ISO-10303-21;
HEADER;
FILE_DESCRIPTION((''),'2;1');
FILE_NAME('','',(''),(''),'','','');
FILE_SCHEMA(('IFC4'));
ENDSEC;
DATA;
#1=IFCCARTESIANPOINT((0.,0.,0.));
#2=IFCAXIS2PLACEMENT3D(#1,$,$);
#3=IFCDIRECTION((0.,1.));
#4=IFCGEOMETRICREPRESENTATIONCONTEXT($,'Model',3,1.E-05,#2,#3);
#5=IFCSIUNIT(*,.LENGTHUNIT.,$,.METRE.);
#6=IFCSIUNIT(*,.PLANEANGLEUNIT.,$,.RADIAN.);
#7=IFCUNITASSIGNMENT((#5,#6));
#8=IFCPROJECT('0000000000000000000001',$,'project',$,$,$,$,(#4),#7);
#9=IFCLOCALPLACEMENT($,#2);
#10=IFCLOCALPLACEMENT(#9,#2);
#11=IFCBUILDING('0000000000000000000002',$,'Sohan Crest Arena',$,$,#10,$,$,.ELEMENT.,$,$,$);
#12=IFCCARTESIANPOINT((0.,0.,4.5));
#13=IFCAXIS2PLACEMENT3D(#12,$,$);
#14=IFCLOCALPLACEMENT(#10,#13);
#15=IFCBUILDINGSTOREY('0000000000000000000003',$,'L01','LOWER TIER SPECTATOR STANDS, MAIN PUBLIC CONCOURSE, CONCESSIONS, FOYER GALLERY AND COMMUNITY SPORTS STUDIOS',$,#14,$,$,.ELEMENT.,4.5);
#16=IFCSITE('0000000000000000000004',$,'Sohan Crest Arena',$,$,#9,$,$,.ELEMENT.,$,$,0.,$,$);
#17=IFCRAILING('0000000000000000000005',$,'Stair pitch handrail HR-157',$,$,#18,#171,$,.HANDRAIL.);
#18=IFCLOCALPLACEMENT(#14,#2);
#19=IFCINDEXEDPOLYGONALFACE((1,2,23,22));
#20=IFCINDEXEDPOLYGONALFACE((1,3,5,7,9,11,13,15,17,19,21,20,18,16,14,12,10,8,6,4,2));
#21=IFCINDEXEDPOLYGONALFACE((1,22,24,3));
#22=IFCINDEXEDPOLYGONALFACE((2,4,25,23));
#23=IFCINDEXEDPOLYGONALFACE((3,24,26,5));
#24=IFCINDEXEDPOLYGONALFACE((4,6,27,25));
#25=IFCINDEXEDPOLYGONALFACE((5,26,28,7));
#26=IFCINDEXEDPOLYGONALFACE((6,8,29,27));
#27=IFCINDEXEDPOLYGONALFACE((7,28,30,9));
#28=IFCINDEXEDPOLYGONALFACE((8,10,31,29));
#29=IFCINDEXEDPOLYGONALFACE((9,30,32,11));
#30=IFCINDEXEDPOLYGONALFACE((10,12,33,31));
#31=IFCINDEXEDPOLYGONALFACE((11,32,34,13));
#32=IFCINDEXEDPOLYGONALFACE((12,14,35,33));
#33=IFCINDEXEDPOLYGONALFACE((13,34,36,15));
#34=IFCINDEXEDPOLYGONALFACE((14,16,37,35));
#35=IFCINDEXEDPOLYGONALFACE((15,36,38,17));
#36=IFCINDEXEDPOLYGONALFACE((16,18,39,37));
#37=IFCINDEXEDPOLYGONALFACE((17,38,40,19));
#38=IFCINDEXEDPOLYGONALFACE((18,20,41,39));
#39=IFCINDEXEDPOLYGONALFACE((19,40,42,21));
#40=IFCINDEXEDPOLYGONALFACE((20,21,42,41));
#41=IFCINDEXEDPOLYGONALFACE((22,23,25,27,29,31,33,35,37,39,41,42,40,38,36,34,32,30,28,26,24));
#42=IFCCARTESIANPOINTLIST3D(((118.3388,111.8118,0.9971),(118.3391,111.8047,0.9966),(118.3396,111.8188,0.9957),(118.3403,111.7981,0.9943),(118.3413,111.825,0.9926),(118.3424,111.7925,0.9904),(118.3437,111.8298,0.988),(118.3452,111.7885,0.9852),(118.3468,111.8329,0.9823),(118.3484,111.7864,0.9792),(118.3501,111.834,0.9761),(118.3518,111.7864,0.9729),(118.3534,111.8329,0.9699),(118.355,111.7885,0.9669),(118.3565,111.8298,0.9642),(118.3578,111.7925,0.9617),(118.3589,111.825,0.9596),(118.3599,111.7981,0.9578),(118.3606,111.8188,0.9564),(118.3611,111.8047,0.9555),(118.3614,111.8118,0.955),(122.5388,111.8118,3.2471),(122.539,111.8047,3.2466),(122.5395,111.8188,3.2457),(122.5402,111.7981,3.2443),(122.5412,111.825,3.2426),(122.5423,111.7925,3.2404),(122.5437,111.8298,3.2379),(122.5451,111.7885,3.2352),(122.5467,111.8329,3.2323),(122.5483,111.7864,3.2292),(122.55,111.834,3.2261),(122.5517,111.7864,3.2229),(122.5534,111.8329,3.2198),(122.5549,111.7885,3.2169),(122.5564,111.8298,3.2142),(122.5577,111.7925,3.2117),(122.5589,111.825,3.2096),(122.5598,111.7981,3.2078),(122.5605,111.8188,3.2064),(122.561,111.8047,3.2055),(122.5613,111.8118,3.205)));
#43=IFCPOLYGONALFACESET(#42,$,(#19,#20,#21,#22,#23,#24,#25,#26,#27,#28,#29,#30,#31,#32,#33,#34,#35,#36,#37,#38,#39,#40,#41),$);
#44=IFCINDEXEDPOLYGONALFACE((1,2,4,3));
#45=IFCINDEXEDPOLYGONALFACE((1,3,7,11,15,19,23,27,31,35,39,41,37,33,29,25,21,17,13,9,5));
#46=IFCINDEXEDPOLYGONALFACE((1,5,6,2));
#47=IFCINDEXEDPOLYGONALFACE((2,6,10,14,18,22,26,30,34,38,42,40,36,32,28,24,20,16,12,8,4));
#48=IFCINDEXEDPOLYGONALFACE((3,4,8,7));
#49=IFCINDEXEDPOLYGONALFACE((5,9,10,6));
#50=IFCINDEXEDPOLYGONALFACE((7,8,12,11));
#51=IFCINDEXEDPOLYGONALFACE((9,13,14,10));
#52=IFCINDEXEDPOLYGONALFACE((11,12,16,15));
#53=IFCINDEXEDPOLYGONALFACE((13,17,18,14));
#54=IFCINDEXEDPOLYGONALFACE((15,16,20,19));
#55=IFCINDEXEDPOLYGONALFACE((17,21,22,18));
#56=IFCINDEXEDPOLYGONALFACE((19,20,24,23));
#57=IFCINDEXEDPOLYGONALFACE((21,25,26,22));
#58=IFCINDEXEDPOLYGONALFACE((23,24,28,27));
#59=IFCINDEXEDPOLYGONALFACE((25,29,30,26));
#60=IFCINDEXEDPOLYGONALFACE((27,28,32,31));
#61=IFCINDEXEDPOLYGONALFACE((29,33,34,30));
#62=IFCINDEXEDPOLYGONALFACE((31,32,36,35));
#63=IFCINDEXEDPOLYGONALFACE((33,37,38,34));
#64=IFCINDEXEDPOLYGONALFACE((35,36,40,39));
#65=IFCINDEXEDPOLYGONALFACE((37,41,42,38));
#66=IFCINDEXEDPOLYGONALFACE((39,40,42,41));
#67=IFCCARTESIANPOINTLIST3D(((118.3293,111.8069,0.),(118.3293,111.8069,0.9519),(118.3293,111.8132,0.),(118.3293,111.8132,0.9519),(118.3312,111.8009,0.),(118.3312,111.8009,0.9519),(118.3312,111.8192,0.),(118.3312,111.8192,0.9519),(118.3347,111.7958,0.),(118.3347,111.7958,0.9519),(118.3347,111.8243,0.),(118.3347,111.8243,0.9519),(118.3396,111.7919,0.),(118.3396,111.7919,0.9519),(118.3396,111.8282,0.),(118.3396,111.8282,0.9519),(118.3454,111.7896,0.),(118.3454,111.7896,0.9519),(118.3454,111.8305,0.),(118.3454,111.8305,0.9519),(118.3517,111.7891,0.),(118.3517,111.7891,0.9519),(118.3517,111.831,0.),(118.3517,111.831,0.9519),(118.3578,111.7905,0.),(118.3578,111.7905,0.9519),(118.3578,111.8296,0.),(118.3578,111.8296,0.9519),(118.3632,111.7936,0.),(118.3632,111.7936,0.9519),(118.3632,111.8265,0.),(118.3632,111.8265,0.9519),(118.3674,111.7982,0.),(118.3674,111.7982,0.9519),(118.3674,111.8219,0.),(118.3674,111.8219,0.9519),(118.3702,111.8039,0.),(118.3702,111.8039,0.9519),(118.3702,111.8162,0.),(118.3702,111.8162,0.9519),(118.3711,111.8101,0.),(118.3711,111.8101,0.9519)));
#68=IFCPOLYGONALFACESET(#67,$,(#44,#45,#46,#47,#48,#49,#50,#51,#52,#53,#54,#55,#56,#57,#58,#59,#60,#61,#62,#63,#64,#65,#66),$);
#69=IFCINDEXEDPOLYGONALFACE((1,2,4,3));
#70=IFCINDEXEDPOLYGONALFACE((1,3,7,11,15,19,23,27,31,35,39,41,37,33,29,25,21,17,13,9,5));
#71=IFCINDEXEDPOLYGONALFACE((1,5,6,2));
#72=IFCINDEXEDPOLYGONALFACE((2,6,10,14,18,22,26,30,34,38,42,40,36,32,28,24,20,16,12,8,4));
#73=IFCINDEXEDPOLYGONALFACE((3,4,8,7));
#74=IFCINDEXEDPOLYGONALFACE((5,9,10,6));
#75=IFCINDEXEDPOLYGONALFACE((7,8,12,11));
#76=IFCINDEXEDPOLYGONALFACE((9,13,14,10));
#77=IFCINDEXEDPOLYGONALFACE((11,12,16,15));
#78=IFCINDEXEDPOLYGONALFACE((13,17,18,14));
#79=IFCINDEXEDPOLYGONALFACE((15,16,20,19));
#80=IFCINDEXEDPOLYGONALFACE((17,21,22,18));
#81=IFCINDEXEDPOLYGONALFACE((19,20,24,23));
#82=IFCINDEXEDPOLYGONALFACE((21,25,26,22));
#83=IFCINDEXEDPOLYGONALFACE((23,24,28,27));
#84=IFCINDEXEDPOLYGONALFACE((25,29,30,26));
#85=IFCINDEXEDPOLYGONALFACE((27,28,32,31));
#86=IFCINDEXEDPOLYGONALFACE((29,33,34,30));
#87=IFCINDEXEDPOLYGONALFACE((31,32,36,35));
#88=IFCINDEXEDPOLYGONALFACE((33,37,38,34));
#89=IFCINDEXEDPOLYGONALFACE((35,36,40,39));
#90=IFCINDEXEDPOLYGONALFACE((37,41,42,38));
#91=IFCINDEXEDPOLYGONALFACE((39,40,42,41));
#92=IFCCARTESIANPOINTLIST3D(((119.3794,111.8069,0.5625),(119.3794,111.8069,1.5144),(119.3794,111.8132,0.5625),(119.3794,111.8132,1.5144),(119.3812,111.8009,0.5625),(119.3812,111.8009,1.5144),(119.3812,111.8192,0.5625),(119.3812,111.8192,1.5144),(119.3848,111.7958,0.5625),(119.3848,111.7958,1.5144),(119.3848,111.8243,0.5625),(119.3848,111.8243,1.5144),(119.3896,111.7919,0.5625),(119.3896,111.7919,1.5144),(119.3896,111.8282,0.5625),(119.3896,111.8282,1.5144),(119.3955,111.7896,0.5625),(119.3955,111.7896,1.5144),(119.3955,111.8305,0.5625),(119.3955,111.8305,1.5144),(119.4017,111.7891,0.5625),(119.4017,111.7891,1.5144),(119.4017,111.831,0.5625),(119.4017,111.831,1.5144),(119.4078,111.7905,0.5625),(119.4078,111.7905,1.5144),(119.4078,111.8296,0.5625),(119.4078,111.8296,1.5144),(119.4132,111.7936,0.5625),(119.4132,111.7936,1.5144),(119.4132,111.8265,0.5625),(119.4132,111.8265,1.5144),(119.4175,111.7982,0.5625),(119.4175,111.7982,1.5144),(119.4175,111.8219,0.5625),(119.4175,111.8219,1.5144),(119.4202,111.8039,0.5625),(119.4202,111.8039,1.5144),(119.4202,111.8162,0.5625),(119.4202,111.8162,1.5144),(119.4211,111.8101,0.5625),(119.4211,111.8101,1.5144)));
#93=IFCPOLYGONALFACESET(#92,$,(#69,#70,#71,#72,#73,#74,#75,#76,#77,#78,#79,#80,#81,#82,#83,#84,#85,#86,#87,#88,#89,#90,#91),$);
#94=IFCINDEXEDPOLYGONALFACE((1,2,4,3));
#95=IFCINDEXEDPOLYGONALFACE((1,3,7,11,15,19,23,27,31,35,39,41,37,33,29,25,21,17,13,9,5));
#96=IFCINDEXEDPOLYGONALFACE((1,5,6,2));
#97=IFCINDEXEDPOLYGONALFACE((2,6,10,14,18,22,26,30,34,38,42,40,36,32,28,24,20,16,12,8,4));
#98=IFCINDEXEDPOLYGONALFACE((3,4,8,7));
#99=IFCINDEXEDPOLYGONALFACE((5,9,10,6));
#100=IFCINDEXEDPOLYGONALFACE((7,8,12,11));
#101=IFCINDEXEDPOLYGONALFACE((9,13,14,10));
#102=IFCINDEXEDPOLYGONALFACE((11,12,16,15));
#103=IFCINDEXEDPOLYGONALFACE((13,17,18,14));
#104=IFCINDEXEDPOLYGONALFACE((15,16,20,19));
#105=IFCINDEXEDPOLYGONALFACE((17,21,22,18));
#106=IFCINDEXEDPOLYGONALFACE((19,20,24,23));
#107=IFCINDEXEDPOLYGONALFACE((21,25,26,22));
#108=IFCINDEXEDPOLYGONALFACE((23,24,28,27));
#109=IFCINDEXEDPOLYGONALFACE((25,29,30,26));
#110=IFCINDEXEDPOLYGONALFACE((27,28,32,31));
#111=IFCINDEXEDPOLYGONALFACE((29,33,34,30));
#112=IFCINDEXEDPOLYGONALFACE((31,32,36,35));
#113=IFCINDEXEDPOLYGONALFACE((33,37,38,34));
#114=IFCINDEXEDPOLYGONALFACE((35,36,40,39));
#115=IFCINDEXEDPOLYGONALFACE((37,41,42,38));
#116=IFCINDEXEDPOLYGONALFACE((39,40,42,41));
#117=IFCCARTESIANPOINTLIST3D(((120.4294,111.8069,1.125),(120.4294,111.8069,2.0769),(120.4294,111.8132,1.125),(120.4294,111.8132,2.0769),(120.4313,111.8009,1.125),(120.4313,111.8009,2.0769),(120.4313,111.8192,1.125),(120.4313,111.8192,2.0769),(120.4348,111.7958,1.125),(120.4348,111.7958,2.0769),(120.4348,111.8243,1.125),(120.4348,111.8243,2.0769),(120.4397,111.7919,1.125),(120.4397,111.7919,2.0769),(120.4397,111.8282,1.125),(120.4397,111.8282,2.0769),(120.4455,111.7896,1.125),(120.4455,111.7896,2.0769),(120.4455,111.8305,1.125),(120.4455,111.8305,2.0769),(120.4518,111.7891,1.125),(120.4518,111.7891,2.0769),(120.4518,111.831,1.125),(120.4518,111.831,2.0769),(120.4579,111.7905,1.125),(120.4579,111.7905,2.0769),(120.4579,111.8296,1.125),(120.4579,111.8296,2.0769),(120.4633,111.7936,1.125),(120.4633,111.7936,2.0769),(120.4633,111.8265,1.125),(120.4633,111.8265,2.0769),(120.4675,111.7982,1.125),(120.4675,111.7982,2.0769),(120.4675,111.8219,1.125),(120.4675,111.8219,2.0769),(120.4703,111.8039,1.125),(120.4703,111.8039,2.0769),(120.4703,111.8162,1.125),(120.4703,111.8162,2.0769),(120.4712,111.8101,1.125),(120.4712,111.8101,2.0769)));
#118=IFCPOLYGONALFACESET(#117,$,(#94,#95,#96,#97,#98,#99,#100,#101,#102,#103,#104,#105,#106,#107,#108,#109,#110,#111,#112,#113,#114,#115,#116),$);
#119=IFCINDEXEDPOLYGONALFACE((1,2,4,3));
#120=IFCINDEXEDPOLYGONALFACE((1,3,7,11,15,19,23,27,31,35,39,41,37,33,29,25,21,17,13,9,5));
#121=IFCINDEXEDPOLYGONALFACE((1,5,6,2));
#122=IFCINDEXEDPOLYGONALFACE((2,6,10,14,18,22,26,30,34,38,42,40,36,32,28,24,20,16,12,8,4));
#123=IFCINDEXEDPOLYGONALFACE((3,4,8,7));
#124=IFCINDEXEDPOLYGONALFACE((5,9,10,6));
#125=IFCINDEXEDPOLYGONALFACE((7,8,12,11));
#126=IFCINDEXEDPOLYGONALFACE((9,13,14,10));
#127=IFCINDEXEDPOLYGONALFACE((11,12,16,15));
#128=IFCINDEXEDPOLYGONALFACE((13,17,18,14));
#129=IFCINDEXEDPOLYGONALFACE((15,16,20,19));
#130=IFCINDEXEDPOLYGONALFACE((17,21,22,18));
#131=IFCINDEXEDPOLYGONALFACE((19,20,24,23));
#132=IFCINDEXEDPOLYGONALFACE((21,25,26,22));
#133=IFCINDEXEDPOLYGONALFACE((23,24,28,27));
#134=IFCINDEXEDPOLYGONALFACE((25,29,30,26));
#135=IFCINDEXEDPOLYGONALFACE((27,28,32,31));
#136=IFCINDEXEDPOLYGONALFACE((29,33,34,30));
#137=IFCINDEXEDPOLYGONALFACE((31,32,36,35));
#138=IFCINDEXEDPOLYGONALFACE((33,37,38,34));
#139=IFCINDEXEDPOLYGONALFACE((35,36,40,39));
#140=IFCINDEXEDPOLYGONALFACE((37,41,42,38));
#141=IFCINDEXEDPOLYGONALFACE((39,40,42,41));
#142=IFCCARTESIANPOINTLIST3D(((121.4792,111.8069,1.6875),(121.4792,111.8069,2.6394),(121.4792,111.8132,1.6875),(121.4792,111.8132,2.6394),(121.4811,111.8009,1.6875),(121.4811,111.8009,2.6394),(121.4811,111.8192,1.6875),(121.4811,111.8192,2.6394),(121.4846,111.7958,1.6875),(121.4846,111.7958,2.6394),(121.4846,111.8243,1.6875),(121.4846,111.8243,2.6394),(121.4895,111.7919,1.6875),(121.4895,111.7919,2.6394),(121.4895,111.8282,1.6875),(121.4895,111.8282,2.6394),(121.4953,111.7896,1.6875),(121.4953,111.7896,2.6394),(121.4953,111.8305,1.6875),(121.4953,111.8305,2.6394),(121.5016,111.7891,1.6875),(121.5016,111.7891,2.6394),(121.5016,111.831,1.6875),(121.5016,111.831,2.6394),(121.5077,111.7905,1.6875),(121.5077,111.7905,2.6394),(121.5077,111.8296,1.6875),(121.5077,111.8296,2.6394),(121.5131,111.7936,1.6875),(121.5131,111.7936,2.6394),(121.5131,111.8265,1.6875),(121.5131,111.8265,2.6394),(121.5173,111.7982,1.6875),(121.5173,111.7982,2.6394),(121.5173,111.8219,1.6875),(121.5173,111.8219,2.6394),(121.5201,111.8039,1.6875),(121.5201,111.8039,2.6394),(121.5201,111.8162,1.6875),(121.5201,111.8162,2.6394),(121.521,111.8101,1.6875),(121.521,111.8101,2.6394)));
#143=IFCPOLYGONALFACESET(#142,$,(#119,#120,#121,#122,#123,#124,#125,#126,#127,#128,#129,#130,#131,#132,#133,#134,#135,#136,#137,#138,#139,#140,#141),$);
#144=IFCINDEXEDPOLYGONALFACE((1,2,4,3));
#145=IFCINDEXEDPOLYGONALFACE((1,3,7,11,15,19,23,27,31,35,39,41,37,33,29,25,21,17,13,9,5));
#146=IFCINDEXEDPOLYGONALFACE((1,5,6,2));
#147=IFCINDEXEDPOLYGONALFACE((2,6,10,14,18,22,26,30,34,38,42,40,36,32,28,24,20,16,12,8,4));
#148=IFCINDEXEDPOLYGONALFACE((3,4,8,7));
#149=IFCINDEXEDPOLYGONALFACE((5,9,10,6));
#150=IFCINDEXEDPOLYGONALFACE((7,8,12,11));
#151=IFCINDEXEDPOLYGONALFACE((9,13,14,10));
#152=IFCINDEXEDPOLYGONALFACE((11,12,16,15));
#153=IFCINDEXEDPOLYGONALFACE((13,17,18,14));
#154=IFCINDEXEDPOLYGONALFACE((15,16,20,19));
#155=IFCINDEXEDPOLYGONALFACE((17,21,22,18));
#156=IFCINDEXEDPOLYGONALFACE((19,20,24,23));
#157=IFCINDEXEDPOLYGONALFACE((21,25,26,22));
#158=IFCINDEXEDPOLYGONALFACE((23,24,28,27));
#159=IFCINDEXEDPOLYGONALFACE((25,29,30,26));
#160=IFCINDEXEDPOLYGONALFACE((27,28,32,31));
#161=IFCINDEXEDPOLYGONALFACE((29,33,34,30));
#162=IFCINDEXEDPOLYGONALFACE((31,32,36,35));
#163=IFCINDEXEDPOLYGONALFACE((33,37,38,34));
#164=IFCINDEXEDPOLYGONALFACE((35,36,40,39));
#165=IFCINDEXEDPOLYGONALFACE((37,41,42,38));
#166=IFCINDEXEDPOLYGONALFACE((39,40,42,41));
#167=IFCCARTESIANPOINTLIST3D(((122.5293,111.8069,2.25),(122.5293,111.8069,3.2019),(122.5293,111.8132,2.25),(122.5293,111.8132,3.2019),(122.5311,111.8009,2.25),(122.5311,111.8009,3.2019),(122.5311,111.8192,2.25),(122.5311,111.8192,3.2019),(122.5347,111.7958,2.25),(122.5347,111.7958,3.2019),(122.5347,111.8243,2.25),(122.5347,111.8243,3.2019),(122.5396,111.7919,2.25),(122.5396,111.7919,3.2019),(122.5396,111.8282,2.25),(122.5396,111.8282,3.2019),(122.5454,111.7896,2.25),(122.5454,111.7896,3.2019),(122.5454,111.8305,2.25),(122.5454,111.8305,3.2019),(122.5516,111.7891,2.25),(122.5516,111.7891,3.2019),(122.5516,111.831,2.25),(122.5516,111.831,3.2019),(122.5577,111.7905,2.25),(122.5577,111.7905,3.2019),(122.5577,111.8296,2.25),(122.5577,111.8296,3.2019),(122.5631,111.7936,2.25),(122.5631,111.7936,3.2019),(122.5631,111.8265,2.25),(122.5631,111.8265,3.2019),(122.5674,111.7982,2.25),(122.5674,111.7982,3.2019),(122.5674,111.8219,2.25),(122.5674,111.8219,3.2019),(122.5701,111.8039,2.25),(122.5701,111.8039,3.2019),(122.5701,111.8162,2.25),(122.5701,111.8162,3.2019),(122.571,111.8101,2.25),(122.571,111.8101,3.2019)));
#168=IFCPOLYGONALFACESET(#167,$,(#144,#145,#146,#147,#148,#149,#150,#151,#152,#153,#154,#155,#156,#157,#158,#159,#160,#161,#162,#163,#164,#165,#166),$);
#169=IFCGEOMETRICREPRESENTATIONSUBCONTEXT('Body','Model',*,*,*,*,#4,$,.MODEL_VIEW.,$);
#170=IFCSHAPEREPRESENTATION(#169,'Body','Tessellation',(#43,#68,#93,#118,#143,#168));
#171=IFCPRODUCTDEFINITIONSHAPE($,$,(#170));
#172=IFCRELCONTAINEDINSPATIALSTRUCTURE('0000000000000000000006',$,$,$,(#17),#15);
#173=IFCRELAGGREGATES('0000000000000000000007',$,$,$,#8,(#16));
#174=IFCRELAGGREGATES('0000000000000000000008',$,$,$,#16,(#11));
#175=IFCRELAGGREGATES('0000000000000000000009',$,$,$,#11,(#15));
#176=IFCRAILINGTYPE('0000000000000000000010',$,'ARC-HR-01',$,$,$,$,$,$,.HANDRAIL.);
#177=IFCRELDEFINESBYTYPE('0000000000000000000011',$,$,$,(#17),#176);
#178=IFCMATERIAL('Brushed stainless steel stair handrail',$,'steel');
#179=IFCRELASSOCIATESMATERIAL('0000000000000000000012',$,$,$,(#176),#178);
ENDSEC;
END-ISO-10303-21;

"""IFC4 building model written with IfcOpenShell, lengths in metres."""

from ifc_helpers import new_model, si_unit, direction, frame, origin, origin_2d, place, context, subcontext, project, spatial, circle, extrude, material, type_object, element, save


model = new_model("IFC4")

# Units and contexts
model_context = context("Model", 3, precision=1e-05, world=origin(), true_north=direction((0.0, 1.0)))
body_context = subcontext(model_context, "Body", "Model", "MODEL_VIEW")
ifc_project = project(units=[si_unit("LENGTHUNIT", "METRE"), si_unit("PLANEANGLEUNIT", "RADIAN")], contexts=[model_context])

# Site, building, storey
site_placement = place(None, origin())
site = spatial("IfcSite", under=ifc_project, at=site_placement, Name="Sohan Crest Arena", CompositionType="ELEMENT", RefElevation=0.0)
building_placement = place(site_placement, origin())
building = spatial("IfcBuilding", under=site, at=building_placement, Name="Sohan Crest Arena", CompositionType="ELEMENT")
storey_placement = place(building_placement, frame((0.0, 0.0, 4.5)))
storey = spatial("IfcBuildingStorey", under=building, at=storey_placement, Name="L01", Description="LOWER TIER SPECTATOR STANDS, MAIN PUBLIC CONCOURSE, CONCESSIONS, FOYER GALLERY AND COMMUNITY SPORTS STUDIOS", CompositionType="ELEMENT", Elevation=4.5)

# Railing
ifc_material_1 = material(Name="Brushed stainless steel stair handrail", Category="steel")
railing_type_1 = type_object("IfcRailingType", Name="ARC-HR-01", PredefinedType="HANDRAIL", material=ifc_material_1)
for number, where, name in (
    (1, (118.3501, 111.8101, 0.0), "Stair pitch handrail HR-157"),
):
    element("IfcRailing", number, at=place(storey_placement, frame(where)), inside=storey, type_object=railing_type_1, Name=name, PredefinedType="HANDRAIL", context=body_context, shape_type="SweptSolid", body=[
        extrude(circle(Radius=0.0239, at=origin_2d()), frame((0.0, 0.0, 0.9761), z_axis=(0.881478, 0.0, 0.472226), x_axis=(0.0, 1.0, 0.0)), (0.0, 0.0, 1.0), 4.7646),
        extrude(circle(Radius=0.021, at=origin_2d()), origin(), (0.0, 0.0, 1.0), 0.9519),
        extrude(circle(Radius=0.021, at=origin_2d()), frame((1.05, 0.0, 0.5625)), (0.0, 0.0, 1.0), 0.9519),
        extrude(circle(Radius=0.021, at=origin_2d()), frame((2.1001, 0.0, 1.125)), (0.0, 0.0, 1.0), 0.9519),
        extrude(circle(Radius=0.021, at=origin_2d()), frame((3.1499, 0.0, 1.6875)), (0.0, 0.0, 1.0), 0.9519),
        extrude(circle(Radius=0.021, at=origin_2d()), frame((4.2, 0.0, 2.25)), (0.0, 0.0, 1.0), 0.9519),
    ])

save(model, "model.ifc")
